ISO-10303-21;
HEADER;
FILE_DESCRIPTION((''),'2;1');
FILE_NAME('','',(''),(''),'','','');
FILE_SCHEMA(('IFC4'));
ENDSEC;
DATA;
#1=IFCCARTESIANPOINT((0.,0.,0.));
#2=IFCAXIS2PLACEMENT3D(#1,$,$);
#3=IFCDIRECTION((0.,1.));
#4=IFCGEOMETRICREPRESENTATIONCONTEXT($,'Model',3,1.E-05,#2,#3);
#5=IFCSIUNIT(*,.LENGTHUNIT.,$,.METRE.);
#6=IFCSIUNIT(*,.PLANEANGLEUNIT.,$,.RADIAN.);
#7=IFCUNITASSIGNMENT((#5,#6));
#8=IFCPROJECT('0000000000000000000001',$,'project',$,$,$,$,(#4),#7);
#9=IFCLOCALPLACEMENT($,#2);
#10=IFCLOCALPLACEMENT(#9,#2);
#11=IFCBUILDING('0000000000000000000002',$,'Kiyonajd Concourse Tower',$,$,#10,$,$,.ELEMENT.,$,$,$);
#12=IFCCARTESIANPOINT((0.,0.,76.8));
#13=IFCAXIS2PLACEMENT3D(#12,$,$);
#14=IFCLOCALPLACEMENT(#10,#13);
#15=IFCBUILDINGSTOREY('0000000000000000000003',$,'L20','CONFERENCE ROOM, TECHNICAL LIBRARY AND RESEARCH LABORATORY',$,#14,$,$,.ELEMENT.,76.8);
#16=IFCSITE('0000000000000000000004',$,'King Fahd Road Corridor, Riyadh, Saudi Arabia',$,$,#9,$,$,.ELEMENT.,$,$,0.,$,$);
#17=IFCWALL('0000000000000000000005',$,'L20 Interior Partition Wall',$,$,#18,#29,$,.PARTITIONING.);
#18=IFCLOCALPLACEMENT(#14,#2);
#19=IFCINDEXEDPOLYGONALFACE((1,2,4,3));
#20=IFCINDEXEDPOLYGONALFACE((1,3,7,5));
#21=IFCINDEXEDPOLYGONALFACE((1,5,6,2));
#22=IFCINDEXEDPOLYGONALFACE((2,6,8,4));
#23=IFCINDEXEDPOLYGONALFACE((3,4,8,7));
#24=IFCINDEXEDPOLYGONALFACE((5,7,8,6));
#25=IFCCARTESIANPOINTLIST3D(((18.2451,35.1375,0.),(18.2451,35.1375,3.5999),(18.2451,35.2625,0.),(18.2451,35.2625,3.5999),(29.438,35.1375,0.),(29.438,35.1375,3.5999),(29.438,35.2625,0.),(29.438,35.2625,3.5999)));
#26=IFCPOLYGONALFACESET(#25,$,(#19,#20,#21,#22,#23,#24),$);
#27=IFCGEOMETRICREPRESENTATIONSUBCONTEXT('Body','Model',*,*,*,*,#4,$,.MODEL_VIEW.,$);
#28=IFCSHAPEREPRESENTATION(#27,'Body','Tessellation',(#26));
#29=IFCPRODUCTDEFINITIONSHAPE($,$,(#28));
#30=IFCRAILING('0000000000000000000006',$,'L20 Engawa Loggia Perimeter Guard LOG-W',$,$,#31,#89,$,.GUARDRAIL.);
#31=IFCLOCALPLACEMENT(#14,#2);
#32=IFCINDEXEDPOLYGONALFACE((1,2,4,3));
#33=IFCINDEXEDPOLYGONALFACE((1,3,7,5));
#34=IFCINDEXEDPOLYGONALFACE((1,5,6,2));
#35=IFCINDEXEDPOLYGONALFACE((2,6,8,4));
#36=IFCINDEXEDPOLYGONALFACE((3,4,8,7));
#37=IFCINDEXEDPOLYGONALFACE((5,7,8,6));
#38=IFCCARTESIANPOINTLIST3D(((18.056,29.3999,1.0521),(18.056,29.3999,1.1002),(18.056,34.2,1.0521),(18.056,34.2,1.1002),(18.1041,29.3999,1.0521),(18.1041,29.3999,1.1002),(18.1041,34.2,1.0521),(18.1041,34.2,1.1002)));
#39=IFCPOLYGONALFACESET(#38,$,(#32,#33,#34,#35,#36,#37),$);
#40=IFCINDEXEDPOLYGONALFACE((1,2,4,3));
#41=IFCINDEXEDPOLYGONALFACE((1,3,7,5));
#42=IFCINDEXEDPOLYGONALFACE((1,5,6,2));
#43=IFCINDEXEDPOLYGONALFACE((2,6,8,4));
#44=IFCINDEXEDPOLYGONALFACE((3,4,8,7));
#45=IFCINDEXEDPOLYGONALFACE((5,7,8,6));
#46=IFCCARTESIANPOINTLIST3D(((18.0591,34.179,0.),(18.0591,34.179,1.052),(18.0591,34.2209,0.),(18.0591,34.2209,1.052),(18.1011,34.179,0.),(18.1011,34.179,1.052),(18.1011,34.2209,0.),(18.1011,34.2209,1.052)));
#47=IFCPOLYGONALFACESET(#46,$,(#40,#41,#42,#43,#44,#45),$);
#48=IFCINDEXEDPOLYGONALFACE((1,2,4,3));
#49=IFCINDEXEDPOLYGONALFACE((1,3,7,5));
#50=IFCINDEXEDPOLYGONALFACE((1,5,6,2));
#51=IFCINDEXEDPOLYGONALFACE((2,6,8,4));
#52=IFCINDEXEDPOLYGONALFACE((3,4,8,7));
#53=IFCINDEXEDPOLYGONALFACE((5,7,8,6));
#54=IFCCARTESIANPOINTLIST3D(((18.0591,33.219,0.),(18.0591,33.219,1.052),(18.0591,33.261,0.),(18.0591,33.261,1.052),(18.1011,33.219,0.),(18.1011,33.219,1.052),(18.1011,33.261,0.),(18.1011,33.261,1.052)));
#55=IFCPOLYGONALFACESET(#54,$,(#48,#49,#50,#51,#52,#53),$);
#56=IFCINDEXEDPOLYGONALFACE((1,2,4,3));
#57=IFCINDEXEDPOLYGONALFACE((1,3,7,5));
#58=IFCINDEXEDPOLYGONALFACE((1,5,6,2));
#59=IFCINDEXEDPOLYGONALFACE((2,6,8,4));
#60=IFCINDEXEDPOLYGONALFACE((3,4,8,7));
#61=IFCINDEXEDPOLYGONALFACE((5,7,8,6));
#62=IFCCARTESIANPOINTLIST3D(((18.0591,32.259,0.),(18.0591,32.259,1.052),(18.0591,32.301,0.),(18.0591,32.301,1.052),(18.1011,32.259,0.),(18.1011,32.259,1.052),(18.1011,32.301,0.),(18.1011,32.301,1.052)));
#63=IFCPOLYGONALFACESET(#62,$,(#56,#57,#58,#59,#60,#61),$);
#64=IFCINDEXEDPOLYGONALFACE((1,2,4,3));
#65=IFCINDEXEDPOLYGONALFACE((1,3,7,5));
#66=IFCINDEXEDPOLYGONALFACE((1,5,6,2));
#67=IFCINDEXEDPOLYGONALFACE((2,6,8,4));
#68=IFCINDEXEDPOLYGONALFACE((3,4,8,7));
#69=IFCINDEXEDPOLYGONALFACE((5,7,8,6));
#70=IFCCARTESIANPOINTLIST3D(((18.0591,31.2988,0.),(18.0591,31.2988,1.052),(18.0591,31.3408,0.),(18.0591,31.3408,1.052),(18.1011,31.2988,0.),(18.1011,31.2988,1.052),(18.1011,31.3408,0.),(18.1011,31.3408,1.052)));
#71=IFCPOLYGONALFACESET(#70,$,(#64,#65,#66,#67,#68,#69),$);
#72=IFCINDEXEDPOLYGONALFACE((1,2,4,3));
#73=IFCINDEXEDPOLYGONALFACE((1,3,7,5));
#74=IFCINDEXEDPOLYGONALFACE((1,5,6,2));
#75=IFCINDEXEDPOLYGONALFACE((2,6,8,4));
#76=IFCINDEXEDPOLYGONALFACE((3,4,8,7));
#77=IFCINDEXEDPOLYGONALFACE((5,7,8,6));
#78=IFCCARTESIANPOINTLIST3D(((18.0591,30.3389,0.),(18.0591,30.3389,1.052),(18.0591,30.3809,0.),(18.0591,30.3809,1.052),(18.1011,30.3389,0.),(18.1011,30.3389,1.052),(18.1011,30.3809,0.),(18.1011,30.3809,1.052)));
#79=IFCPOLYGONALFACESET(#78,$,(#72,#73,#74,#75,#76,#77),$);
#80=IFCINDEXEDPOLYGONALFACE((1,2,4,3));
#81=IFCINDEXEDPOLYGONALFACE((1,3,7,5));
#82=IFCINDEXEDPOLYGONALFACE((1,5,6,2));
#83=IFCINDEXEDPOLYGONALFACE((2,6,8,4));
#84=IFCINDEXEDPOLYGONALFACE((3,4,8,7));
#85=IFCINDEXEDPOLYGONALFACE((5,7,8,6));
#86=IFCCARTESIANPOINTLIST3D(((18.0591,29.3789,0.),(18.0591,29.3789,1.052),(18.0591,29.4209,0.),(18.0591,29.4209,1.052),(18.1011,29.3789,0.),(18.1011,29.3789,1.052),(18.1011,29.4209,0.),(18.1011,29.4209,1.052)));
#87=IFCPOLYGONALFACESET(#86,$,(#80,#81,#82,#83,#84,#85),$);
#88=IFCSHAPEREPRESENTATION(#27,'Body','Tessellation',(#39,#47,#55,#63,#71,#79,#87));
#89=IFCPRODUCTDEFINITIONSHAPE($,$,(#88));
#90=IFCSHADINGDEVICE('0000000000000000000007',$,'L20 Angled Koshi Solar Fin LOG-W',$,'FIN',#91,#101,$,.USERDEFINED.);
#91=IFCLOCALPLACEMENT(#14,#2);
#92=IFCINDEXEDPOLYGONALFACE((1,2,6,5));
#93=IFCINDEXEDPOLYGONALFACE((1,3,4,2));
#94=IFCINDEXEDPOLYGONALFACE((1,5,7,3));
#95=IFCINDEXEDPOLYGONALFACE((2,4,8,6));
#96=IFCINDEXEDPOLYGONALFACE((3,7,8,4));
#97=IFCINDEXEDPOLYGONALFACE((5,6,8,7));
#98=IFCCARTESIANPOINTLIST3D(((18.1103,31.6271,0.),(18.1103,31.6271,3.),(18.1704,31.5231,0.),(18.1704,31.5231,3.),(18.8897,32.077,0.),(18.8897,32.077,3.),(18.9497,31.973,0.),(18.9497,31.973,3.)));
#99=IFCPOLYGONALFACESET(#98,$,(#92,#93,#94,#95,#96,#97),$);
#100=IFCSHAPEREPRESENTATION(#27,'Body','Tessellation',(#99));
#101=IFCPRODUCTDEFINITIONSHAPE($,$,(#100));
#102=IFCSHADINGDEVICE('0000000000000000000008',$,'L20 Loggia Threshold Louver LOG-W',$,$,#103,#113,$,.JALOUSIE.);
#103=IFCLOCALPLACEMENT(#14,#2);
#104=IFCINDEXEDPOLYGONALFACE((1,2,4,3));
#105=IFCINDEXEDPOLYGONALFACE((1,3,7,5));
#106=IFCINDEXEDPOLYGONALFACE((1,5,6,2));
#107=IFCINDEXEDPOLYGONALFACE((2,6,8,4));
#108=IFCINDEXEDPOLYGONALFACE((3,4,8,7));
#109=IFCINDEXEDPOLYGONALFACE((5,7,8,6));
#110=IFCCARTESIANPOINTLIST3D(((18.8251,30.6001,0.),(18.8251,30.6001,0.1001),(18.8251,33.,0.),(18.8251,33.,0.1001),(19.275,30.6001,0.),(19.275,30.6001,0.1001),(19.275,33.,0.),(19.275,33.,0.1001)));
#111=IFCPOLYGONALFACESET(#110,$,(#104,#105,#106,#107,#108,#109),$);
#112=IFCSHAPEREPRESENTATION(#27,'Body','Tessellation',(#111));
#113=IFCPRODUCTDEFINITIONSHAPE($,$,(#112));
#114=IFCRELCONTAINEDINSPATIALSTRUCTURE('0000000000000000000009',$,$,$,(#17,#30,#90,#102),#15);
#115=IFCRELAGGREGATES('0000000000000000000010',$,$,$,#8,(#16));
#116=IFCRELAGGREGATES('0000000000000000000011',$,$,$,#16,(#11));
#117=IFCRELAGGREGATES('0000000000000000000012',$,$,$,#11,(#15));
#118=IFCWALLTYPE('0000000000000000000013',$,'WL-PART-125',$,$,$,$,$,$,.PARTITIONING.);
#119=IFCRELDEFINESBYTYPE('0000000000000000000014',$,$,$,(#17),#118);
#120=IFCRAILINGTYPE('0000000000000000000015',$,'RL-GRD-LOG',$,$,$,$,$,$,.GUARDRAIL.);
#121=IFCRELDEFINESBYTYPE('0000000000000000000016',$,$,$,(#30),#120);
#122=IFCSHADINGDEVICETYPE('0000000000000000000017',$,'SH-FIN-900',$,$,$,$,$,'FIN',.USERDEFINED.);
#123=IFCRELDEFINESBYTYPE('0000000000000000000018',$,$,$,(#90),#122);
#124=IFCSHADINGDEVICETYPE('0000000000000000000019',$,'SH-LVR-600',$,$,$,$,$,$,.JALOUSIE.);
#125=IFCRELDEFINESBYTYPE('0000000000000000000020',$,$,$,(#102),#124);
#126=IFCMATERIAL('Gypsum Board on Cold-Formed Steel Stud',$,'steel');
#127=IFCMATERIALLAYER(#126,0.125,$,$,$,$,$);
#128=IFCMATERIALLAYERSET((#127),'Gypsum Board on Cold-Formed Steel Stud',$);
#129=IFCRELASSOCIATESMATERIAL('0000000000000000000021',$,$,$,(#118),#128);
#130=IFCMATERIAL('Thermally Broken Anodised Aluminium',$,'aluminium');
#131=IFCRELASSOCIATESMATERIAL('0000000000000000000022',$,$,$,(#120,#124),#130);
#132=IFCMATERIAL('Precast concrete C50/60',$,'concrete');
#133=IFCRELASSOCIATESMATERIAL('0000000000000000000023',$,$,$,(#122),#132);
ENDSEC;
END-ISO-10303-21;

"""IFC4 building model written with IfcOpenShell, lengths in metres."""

from ifc_helpers import new_model, si_unit, direction, frame, frame_2d, origin, origin_2d, place, context, subcontext, project, spatial, rectangle, extrude, material, layer, layer_set, type_object, element, save


model = new_model("IFC4")

# Units and contexts
model_context = context("Model", 3, precision=1e-05, world=origin(), true_north=direction((0.0, 1.0)))
body_context = subcontext(model_context, "Body", "Model", "MODEL_VIEW")
ifc_project = project(units=[si_unit("LENGTHUNIT", "METRE"), si_unit("PLANEANGLEUNIT", "RADIAN")], contexts=[model_context])

# Site, building, storey
site_placement = place(None, origin())
site = spatial("IfcSite", under=ifc_project, at=site_placement, Name="King Fahd Road Corridor, Riyadh, Saudi Arabia", CompositionType="ELEMENT", RefElevation=0.0)
building_placement = place(site_placement, origin())
building = spatial("IfcBuilding", under=site, at=building_placement, Name="Kiyonajd Concourse Tower", CompositionType="ELEMENT")
storey_placement = place(building_placement, frame((0.0, 0.0, 76.8)))
storey = spatial("IfcBuildingStorey", under=building, at=storey_placement, Name="L20", Description="CONFERENCE ROOM, TECHNICAL LIBRARY AND RESEARCH LABORATORY", CompositionType="ELEMENT", Elevation=76.8)

# Shared definitions
ifc_material_1 = material(Name="Thermally Broken Anodised Aluminium", Category="aluminium")

# Shared definitions
ifc_material_2 = material(Name="Precast concrete C50/60", Category="concrete")

# Wall
ifc_material_3 = material(Name="Gypsum Board on Cold-Formed Steel Stud", Category="steel")
ifc_layer_1 = layer(ifc_material_3, 0.125)
ifc_layer_set_1 = layer_set([ifc_layer_1], Name="Gypsum Board on Cold-Formed Steel Stud")
wall_type_1 = type_object("IfcWallType", Name="WL-PART-125", PredefinedType="PARTITIONING", material=ifc_layer_set_1)
wall_1_placement = place(storey_placement, frame((18.2451, 35.2, 0.0), z_axis=(0.0, 0.0, 1.0), x_axis=(1.0, 0.0, 0.0)))
element("IfcWall", 1, at=wall_1_placement, inside=storey, type_object=wall_type_1, Name="L20 Interior Partition Wall", PredefinedType="PARTITIONING", context=body_context, shape_type="SweptSolid", body=[
    extrude(rectangle(XDim=11.1929, YDim=0.125, at=frame_2d((5.5964, 0.0))), origin(), (0.0, 0.0, 1.0), 3.5999),
])

# Railing
railing_type = type_object("IfcRailingType", Name="RL-GRD-LOG", PredefinedType="GUARDRAIL", material=ifc_material_1)
railing_placement = place(storey_placement, frame((18.0801, 34.2, 0.0)))
element("IfcRailing", 2, at=railing_placement, inside=storey, type_object=railing_type, Name="L20 Engawa Loggia Perimeter Guard LOG-W", PredefinedType="GUARDRAIL", context=body_context, shape_type="SweptSolid", body=[
    extrude(rectangle(XDim=0.0481, YDim=0.0481, at=origin_2d()), frame((0.0, 0.0, 1.0762), z_axis=(0.0, -1.0, 0.0), x_axis=(1.0, 0.0, 0.0)), (0.0, 0.0, 1.0), 4.8),
    extrude(rectangle(XDim=0.042, YDim=0.042, at=origin_2d()), origin(), (0.0, 0.0, 1.0), 1.052),
    extrude(rectangle(XDim=0.042, YDim=0.042, at=origin_2d()), frame((0.0, -0.96, 0.0)), (0.0, 0.0, 1.0), 1.052),
    extrude(rectangle(XDim=0.042, YDim=0.042, at=origin_2d()), frame((0.0, -1.9199, 0.0)), (0.0, 0.0, 1.0), 1.052),
    extrude(rectangle(XDim=0.042, YDim=0.042, at=origin_2d()), frame((0.0, -2.8801, 0.0)), (0.0, 0.0, 1.0), 1.052),
    extrude(rectangle(XDim=0.042, YDim=0.042, at=origin_2d()), frame((0.0, -3.8401, 0.0)), (0.0, 0.0, 1.0), 1.052),
    extrude(rectangle(XDim=0.042, YDim=0.042, at=origin_2d()), frame((0.0, -4.8, 0.0)), (0.0, 0.0, 1.0), 1.052),
])

# Shading devices
shading_device_type_1 = type_object("IfcShadingDeviceType", Name="SH-FIN-900", ElementType="FIN", PredefinedType="USERDEFINED", material=ifc_material_2)
shading_device_1_placement = place(storey_placement, frame((18.53, 31.8, 0.0), z_axis=(0.0, 0.0, 1.0), x_axis=(0.866025, 0.5, 0.0)))
element("IfcShadingDevice", 3, at=shading_device_1_placement, inside=storey, type_object=shading_device_type_1, Name="L20 Angled Koshi Solar Fin LOG-W", ObjectType="FIN", PredefinedType="USERDEFINED", context=body_context, shape_type="SweptSolid", body=[
    extrude(rectangle(XDim=0.8999, YDim=0.1201, at=origin_2d()), origin(), (0.0, 0.0, 1.0), 3.0),
])
shading_device_type_2 = type_object("IfcShadingDeviceType", Name="SH-LVR-600", PredefinedType="JALOUSIE", material=ifc_material_1)
shading_device_2_placement = place(storey_placement, frame((19.05, 31.8, 0.0), z_axis=(0.0, 0.0, 1.0), x_axis=(0.0, 1.0, 0.0)))
element("IfcShadingDevice", 4, at=shading_device_2_placement, inside=storey, type_object=shading_device_type_2, Name="L20 Loggia Threshold Louver LOG-W", PredefinedType="JALOUSIE", context=body_context, shape_type="SweptSolid", body=[
    extrude(rectangle(XDim=2.3999, YDim=0.45, at=origin_2d()), origin(), (0.0, 0.0, 1.0), 0.1001),
])

save(model, "model.ifc")
